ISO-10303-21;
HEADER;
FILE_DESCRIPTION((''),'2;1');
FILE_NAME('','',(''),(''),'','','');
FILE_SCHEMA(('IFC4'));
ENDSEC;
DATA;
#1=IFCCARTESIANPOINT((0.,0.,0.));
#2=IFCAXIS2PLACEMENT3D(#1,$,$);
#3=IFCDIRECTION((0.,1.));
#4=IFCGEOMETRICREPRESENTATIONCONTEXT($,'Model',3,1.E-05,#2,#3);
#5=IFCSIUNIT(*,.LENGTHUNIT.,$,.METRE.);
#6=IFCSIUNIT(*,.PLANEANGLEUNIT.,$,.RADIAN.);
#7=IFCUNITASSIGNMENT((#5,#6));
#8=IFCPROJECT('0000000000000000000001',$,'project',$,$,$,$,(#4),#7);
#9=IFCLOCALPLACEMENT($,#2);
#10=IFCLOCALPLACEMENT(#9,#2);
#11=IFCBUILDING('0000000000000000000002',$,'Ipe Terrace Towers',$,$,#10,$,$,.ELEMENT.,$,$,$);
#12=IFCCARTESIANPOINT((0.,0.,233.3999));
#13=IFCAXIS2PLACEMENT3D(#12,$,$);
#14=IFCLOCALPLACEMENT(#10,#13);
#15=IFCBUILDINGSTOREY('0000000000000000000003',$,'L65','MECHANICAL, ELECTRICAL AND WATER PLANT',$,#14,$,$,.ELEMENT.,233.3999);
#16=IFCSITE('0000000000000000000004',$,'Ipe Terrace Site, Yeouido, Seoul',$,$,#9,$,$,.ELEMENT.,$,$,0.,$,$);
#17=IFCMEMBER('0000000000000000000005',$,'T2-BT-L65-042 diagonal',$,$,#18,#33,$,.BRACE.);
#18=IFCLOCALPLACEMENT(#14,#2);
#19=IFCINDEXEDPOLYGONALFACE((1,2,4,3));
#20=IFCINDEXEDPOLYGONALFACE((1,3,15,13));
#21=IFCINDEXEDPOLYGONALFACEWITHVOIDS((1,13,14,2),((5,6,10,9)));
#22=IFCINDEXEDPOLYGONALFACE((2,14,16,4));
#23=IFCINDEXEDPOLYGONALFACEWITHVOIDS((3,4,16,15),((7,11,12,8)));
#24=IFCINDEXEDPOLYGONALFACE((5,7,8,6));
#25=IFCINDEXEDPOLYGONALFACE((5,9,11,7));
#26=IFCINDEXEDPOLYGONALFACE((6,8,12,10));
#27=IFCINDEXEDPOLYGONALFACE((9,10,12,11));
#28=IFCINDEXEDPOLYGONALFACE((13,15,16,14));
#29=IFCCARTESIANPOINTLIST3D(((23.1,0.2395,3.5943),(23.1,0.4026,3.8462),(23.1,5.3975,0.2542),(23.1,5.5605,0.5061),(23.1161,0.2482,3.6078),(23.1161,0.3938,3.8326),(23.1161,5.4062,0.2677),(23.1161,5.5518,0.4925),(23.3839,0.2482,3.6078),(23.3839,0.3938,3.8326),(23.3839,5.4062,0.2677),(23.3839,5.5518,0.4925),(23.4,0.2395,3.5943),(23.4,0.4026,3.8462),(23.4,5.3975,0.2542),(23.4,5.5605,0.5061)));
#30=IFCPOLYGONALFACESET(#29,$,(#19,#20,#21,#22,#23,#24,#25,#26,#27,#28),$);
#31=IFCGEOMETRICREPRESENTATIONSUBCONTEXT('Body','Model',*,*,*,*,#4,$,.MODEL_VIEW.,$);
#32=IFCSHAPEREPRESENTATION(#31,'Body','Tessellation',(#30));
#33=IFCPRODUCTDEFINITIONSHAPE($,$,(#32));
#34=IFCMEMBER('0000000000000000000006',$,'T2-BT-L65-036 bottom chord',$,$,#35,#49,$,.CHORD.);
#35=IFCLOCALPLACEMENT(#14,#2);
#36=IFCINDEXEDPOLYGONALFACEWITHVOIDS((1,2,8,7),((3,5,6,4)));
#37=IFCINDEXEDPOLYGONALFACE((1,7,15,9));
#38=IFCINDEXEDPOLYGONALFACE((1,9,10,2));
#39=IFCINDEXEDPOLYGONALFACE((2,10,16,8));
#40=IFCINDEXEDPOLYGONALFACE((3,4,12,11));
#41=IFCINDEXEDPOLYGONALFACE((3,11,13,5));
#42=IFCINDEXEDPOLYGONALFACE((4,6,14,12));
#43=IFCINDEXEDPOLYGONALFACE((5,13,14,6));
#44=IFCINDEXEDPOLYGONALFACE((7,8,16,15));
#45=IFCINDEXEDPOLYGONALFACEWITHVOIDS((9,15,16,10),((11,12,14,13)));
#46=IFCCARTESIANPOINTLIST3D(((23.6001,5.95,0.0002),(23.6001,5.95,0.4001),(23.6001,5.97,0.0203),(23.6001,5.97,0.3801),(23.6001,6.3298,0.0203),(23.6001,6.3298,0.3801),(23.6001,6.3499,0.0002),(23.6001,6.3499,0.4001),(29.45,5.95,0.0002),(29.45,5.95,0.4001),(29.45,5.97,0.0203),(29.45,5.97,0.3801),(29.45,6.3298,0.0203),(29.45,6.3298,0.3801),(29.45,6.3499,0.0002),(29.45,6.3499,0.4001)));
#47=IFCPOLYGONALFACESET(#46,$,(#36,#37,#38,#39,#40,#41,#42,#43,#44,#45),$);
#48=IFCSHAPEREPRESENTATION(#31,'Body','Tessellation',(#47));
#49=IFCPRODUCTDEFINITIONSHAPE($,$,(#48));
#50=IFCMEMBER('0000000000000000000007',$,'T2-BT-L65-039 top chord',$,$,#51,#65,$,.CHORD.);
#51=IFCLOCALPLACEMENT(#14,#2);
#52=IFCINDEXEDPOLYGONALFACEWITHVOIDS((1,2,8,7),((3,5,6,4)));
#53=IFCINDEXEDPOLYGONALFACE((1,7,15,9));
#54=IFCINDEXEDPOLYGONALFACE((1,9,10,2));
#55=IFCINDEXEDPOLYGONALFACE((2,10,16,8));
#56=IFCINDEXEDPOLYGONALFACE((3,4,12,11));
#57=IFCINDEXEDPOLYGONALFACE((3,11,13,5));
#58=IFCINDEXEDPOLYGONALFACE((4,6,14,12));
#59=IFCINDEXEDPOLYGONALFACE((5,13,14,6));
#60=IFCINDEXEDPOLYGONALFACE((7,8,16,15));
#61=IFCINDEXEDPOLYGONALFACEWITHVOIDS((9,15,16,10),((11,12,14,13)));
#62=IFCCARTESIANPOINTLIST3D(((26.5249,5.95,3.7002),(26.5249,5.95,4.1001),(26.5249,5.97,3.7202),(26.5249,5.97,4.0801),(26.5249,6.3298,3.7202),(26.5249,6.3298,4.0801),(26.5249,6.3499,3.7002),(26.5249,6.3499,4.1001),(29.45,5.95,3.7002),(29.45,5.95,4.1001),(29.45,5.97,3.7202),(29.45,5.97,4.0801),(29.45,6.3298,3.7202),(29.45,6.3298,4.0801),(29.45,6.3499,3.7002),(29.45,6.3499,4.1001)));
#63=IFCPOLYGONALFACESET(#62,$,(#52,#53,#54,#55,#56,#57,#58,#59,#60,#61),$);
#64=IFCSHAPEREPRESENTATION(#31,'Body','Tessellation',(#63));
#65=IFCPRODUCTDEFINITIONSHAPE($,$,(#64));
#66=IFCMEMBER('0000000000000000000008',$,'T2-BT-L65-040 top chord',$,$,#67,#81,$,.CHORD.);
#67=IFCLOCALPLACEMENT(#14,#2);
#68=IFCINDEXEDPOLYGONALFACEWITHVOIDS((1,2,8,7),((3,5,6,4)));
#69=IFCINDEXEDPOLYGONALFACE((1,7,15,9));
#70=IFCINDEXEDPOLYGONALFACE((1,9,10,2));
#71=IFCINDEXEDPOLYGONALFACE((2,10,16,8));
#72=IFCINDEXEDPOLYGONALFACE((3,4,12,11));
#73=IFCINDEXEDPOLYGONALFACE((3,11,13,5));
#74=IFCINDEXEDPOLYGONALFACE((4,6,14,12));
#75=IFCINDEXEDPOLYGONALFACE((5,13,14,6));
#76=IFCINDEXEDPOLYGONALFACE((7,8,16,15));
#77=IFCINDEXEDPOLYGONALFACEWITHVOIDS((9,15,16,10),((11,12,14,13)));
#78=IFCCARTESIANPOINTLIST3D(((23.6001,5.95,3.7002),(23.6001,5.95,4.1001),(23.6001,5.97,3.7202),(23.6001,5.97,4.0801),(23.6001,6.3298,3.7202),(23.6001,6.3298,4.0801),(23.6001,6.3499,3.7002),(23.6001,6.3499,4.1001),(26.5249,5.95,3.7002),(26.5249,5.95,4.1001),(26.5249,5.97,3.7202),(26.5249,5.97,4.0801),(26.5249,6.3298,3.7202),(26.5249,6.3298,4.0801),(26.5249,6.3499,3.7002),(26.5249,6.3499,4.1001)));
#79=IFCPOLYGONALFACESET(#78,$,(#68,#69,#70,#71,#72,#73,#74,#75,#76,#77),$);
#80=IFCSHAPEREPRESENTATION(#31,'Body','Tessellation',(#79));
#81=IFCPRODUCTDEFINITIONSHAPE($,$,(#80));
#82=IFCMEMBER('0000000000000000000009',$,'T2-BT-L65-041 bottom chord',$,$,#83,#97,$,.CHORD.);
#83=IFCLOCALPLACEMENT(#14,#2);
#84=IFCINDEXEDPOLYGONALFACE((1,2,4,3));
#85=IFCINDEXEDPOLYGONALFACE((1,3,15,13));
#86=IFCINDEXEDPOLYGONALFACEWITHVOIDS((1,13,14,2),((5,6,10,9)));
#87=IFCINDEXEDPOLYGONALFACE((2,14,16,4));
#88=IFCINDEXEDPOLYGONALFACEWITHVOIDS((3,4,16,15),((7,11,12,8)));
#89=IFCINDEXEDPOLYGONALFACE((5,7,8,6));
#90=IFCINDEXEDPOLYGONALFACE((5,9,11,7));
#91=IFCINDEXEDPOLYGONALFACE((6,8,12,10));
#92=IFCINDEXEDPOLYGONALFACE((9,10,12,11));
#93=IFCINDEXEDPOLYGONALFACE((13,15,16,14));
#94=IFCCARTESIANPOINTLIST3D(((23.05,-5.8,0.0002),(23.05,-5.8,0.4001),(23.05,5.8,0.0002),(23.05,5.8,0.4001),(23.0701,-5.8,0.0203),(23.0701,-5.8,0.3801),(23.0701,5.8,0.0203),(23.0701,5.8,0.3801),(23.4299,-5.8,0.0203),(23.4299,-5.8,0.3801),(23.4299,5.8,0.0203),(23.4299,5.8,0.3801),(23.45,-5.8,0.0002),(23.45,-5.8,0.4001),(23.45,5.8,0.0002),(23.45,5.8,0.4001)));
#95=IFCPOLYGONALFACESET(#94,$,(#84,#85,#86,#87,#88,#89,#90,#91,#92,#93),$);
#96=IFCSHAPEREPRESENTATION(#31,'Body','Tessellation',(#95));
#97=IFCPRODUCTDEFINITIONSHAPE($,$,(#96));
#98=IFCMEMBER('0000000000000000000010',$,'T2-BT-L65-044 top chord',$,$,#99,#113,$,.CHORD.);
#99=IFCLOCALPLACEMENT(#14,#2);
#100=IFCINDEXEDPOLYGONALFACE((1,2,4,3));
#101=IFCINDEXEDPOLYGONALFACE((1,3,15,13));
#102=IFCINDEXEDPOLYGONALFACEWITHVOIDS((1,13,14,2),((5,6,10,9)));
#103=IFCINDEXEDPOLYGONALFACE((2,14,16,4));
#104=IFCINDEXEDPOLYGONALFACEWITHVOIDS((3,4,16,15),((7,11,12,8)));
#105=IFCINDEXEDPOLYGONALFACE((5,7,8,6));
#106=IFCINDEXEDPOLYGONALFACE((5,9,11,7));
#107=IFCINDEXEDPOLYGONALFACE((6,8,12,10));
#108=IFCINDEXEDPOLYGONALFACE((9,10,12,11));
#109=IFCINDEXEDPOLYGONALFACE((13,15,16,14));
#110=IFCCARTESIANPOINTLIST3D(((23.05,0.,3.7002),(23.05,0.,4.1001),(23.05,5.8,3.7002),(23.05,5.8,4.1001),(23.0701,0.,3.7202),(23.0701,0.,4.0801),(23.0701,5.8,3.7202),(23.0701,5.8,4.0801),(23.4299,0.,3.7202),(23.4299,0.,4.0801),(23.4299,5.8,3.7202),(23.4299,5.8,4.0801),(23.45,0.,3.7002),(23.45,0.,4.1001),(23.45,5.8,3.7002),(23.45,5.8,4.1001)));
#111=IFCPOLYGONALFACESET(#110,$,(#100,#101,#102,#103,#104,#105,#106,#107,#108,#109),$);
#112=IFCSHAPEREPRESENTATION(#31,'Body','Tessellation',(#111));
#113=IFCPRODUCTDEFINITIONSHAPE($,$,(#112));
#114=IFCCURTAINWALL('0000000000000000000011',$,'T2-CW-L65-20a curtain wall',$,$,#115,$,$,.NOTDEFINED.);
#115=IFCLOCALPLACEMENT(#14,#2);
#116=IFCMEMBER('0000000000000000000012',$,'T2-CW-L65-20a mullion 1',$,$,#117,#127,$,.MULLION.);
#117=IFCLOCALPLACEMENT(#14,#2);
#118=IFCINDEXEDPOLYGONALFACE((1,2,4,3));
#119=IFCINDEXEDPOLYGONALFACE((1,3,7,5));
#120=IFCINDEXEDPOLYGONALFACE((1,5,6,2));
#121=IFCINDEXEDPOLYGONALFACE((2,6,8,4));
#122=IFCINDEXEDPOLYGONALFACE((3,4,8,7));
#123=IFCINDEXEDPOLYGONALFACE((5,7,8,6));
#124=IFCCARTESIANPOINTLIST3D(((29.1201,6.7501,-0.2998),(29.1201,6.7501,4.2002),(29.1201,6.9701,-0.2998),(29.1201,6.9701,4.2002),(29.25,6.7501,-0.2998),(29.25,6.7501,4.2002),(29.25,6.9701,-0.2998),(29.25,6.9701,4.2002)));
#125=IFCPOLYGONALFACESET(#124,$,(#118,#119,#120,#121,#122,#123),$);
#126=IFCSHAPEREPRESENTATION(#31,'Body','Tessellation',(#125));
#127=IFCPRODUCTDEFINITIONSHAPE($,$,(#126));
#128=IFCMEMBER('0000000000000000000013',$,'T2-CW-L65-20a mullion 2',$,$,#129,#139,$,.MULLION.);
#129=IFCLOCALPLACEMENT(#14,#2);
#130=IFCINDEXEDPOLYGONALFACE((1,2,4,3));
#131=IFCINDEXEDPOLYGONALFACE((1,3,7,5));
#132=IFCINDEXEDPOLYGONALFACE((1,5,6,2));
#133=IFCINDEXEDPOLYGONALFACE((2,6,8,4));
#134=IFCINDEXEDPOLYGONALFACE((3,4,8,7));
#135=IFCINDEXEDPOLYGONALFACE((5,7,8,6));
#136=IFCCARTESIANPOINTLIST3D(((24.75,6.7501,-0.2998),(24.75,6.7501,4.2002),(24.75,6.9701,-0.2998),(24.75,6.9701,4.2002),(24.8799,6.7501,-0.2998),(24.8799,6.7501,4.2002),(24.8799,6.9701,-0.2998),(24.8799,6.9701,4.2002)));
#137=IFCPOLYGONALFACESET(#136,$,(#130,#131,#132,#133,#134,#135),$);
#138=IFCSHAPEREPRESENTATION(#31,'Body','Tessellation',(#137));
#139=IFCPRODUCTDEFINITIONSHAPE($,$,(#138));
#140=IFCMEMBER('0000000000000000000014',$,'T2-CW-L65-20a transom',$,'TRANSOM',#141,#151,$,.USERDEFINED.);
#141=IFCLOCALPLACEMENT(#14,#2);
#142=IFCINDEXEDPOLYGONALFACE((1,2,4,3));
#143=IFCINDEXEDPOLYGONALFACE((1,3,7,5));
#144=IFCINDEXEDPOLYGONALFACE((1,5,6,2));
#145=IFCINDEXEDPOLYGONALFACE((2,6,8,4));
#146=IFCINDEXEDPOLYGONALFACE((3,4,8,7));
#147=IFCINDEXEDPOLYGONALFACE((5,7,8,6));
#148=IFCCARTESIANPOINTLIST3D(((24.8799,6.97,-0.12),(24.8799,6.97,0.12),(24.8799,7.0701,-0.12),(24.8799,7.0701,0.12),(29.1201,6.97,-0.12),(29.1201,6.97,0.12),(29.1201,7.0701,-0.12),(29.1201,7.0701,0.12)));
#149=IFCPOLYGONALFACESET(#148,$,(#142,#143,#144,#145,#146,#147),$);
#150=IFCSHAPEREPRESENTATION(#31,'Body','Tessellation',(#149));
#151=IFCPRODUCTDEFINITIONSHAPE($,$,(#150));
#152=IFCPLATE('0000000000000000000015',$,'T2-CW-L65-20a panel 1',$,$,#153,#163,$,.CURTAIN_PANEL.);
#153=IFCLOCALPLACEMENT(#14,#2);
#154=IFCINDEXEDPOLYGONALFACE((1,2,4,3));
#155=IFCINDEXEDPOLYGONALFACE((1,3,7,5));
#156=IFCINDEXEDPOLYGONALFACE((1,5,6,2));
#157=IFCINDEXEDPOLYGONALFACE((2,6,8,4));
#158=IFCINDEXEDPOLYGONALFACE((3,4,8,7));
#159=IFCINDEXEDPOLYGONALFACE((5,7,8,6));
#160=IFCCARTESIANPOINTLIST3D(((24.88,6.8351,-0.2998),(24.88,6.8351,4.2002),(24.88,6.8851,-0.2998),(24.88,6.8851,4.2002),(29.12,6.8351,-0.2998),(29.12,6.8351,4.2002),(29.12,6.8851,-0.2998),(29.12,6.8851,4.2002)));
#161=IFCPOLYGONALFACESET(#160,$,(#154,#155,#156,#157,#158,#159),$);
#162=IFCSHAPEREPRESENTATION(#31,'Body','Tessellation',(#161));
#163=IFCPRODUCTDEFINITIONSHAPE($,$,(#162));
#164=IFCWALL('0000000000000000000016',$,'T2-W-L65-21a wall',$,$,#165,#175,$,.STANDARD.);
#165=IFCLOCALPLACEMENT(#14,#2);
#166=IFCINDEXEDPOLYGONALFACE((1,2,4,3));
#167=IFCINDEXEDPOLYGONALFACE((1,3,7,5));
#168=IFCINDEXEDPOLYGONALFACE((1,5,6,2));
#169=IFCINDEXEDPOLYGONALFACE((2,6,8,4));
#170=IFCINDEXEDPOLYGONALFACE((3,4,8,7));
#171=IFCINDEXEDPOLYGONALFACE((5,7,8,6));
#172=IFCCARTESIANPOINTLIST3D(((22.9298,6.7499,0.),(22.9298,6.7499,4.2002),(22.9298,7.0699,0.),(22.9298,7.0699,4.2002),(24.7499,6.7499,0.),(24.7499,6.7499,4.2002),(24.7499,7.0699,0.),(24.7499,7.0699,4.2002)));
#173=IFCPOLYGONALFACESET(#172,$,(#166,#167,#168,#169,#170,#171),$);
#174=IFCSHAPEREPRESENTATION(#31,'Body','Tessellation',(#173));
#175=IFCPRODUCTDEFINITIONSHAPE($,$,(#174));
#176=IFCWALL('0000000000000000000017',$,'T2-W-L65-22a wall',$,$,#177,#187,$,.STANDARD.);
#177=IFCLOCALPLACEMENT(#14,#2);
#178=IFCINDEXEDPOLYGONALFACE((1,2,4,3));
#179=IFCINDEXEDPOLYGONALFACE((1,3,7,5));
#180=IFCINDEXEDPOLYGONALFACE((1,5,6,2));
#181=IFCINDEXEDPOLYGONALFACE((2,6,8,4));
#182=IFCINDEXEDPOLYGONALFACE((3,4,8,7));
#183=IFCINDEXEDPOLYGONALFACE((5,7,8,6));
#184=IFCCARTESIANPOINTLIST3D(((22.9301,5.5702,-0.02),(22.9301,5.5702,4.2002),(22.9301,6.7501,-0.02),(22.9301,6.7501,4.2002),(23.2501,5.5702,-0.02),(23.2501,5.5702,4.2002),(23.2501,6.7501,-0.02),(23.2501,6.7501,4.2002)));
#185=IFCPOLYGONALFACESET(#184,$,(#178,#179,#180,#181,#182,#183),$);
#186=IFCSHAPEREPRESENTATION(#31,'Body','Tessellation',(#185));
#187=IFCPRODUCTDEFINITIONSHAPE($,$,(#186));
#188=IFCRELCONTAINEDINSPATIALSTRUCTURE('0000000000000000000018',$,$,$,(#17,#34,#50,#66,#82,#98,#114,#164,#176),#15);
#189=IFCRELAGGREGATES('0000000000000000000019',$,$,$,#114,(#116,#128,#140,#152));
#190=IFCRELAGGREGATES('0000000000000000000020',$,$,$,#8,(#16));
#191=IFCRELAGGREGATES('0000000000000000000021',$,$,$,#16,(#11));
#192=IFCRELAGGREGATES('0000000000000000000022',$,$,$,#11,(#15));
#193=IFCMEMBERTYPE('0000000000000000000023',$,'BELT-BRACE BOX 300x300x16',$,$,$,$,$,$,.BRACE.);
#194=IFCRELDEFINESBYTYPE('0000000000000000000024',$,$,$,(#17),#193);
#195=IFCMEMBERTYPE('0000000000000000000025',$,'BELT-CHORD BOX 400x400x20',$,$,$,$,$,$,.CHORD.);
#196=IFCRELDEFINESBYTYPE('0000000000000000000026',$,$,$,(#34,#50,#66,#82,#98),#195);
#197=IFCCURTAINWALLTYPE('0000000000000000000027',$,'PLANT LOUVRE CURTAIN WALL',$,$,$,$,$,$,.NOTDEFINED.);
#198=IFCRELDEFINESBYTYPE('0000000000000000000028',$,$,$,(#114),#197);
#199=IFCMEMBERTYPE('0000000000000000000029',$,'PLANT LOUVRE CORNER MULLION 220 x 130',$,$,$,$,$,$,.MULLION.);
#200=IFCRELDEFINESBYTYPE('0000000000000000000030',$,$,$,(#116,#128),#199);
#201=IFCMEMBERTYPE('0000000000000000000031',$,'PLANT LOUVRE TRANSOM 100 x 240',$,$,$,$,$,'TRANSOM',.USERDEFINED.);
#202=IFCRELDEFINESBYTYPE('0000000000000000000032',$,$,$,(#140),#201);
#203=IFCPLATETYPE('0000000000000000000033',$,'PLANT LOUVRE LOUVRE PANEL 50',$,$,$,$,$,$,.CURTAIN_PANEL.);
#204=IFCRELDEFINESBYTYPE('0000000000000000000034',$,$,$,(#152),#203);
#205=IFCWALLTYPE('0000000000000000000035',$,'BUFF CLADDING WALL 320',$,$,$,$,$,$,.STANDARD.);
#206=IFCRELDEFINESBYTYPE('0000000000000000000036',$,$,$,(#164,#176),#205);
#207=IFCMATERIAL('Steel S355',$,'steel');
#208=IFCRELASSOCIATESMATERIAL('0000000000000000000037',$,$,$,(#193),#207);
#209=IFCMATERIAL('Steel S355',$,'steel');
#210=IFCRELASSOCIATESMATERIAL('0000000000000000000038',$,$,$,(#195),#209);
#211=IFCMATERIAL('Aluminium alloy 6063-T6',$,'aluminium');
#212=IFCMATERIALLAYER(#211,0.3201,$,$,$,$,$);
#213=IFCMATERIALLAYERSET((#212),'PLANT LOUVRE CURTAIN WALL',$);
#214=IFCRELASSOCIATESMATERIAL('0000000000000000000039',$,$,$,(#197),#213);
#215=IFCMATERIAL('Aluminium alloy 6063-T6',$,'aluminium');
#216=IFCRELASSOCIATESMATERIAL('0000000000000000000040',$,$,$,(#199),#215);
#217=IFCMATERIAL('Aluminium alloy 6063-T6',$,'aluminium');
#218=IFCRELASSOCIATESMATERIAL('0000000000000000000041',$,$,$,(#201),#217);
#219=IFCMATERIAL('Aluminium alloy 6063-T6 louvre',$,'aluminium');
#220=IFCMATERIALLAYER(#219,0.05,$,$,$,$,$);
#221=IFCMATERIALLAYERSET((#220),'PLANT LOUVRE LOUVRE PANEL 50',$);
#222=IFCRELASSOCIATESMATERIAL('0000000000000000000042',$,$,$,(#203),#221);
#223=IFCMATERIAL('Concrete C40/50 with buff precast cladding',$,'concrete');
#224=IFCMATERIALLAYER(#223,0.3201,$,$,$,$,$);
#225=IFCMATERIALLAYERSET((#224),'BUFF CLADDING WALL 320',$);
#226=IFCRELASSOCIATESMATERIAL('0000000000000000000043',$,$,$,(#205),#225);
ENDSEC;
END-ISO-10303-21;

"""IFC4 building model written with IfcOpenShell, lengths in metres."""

from ifc_helpers import new_model, si_unit, direction, frame, frame_2d, origin, origin_2d, place, context, subcontext, project, spatial, rectangle, hollow_rectangle, extrude, material, layer, layer_set, material_profile, profile_set, type_object, element, aggregate, save


model = new_model("IFC4")

# Units and contexts
model_context = context("Model", 3, precision=1e-05, world=origin(), true_north=direction((0.0, 1.0)))
body_context = subcontext(model_context, "Body", "Model", "MODEL_VIEW")
ifc_project = project(units=[si_unit("LENGTHUNIT", "METRE"), si_unit("PLANEANGLEUNIT", "RADIAN")], contexts=[model_context])

# Site, building, storey
site_placement = place(None, origin())
site = spatial("IfcSite", under=ifc_project, at=site_placement, Name="Ipe Terrace Site, Yeouido, Seoul", CompositionType="ELEMENT", RefElevation=0.0)
building_placement = place(site_placement, origin())
building = spatial("IfcBuilding", under=site, at=building_placement, Name="Ipe Terrace Towers", CompositionType="ELEMENT")
storey_placement = place(building_placement, frame((0.0, 0.0, 233.3999)))
storey = spatial("IfcBuildingStorey", under=building, at=storey_placement, Name="L65", Description="MECHANICAL, ELECTRICAL AND WATER PLANT", CompositionType="ELEMENT", Elevation=233.3999)

# Members
ifc_material_1 = material(Name="Steel S355", Category="steel")
ifc_material_profile_1 = material_profile(ifc_material_1, hollow_rectangle(XDim=0.3, YDim=0.3, WallThickness=0.0161, at=origin_2d()), Name="BELT-BRACE BOX 300x300x16")
ifc_profile_set_1 = profile_set([ifc_material_profile_1], Name="Steel S355")
member_type_1 = type_object("IfcMemberType", Name="BELT-BRACE BOX 300x300x16", PredefinedType="BRACE", material=ifc_profile_set_1)
member_1_placement = place(storey_placement, frame((23.25, 5.479, 0.3801), z_axis=(0.0, -0.839378, 0.543548), x_axis=(1.0, 0.0, 0.0)))
element("IfcMember", 1, at=member_1_placement, inside=storey, type_object=member_type_1, Name="T2-BT-L65-042 diagonal", PredefinedType="BRACE", context=body_context, shape_type="SweptSolid", body=[
    extrude(hollow_rectangle(XDim=0.3, YDim=0.3, WallThickness=0.0161, at=origin_2d()), origin(), (0.0, 0.0, 1.0), 6.145),
])
ifc_material_2 = material(Name="Steel S355", Category="steel")
ifc_material_profile_2 = material_profile(ifc_material_2, hollow_rectangle(XDim=0.3999, YDim=0.3999, WallThickness=0.02, at=origin_2d()), Name="BELT-CHORD BOX 400x400x20")
ifc_profile_set_2 = profile_set([ifc_material_profile_2], Name="Steel S355")
member_type_2 = type_object("IfcMemberType", Name="BELT-CHORD BOX 400x400x20", PredefinedType="CHORD", material=ifc_profile_set_2)
member_2_placement = place(storey_placement, frame((29.45, 6.1499, 0.2002), z_axis=(-1.0, 0.0, 0.0), x_axis=(0.0, -1.0, 0.0)))
element("IfcMember", 2, at=member_2_placement, inside=storey, type_object=member_type_2, Name="T2-BT-L65-036 bottom chord", PredefinedType="CHORD", context=body_context, shape_type="SweptSolid", body=[
    extrude(hollow_rectangle(XDim=0.3999, YDim=0.3999, WallThickness=0.02, at=origin_2d()), origin(), (0.0, 0.0, 1.0), 5.8499),
])
member_3_placement = place(storey_placement, frame((29.45, 6.1499, 3.9001), z_axis=(-1.0, 0.0, 0.0), x_axis=(0.0, -1.0, 0.0)))
element("IfcMember", 3, at=member_3_placement, inside=storey, type_object=member_type_2, Name="T2-BT-L65-039 top chord", PredefinedType="CHORD", context=body_context, shape_type="SweptSolid", body=[
    extrude(hollow_rectangle(XDim=0.3999, YDim=0.3999, WallThickness=0.02, at=origin_2d()), origin(), (0.0, 0.0, 1.0), 2.925),
])
member_4_placement = place(storey_placement, frame((26.5249, 6.1499, 3.9001), z_axis=(-1.0, 0.0, 0.0), x_axis=(0.0, -1.0, 0.0)))
element("IfcMember", 4, at=member_4_placement, inside=storey, type_object=member_type_2, Name="T2-BT-L65-040 top chord", PredefinedType="CHORD", context=body_context, shape_type="SweptSolid", body=[
    extrude(hollow_rectangle(XDim=0.3999, YDim=0.3999, WallThickness=0.02, at=origin_2d()), origin(), (0.0, 0.0, 1.0), 2.9248),
])
member_5_placement = place(storey_placement, frame((23.25, 5.8, 0.2002), z_axis=(0.0, -1.0, 0.0), x_axis=(1.0, 0.0, 0.0)))
element("IfcMember", 5, at=member_5_placement, inside=storey, type_object=member_type_2, Name="T2-BT-L65-041 bottom chord", PredefinedType="CHORD", context=body_context, shape_type="SweptSolid", body=[
    extrude(hollow_rectangle(XDim=0.3999, YDim=0.3999, WallThickness=0.02, at=origin_2d()), origin(), (0.0, 0.0, 1.0), 11.6001),
])
member_6_placement = place(storey_placement, frame((23.25, 5.8, 3.9001), z_axis=(0.0, -1.0, 0.0), x_axis=(1.0, 0.0, 0.0)))
element("IfcMember", 6, at=member_6_placement, inside=storey, type_object=member_type_2, Name="T2-BT-L65-044 top chord", PredefinedType="CHORD", context=body_context, shape_type="SweptSolid", body=[
    extrude(hollow_rectangle(XDim=0.3999, YDim=0.3999, WallThickness=0.02, at=origin_2d()), origin(), (0.0, 0.0, 1.0), 5.8),
])

# Curtain wall, members, plate
ifc_material_3 = material(Name="Aluminium alloy 6063-T6", Category="aluminium")
ifc_layer_1 = layer(ifc_material_3, 0.3201)
ifc_layer_set_1 = layer_set([ifc_layer_1], Name="PLANT LOUVRE CURTAIN WALL")
curtain_wall_type = type_object("IfcCurtainWallType", Name="PLANT LOUVRE CURTAIN WALL", PredefinedType="NOTDEFINED", material=ifc_layer_set_1)
curtain_wall_placement = place(storey_placement, origin())
curtain_wall = element("IfcCurtainWall", 7, at=curtain_wall_placement, inside=storey, type_object=curtain_wall_type, Name="T2-CW-L65-20a curtain wall", PredefinedType="NOTDEFINED")
ifc_material_4 = material(Name="Aluminium alloy 6063-T6", Category="aluminium")
ifc_material_profile_3 = material_profile(ifc_material_4, rectangle(XDim=0.22, YDim=0.1299, at=origin_2d()), Name="PLANT LOUVRE CORNER MULLION 220 x 130")
ifc_profile_set_3 = profile_set([ifc_material_profile_3], Name="Aluminium alloy 6063-T6")
member_type_3 = type_object("IfcMemberType", Name="PLANT LOUVRE CORNER MULLION 220 x 130", PredefinedType="MULLION", material=ifc_profile_set_3)
member_7_placement = place(storey_placement, frame((29.1851, 6.8601, -0.2998), z_axis=(0.0, 0.0, 1.0), x_axis=(0.0, 1.0, 0.0)))
member_7 = element("IfcMember", 8, at=member_7_placement, type_object=member_type_3, Name="T2-CW-L65-20a mullion 1", PredefinedType="MULLION", context=body_context, shape_type="SweptSolid", body=[
    extrude(rectangle(XDim=0.22, YDim=0.1299, at=origin_2d()), origin(), (0.0, 0.0, 1.0), 4.5),
])
member_8_placement = place(storey_placement, frame((24.8149, 6.8601, -0.2998), z_axis=(0.0, 0.0, 1.0), x_axis=(0.0, 1.0, 0.0)))
member_8 = element("IfcMember", 9, at=member_8_placement, type_object=member_type_3, Name="T2-CW-L65-20a mullion 2", PredefinedType="MULLION", context=body_context, shape_type="SweptSolid", body=[
    extrude(rectangle(XDim=0.22, YDim=0.1299, at=origin_2d()), origin(), (0.0, 0.0, 1.0), 4.5),
])
ifc_material_5 = material(Name="Aluminium alloy 6063-T6", Category="aluminium")
ifc_material_profile_4 = material_profile(ifc_material_5, rectangle(XDim=0.1001, YDim=0.24, at=origin_2d()), Name="PLANT LOUVRE TRANSOM 100 x 240")
ifc_profile_set_4 = profile_set([ifc_material_profile_4], Name="Aluminium alloy 6063-T6")
member_type_4 = type_object("IfcMemberType", Name="PLANT LOUVRE TRANSOM 100 x 240", ElementType="TRANSOM", PredefinedType="USERDEFINED", material=ifc_profile_set_4)
member_9_placement = place(storey_placement, frame((29.1201, 7.02, 0.0), z_axis=(-1.0, 0.0, 0.0), x_axis=(0.0, 1.0, 0.0)))
member_9 = element("IfcMember", 10, at=member_9_placement, type_object=member_type_4, Name="T2-CW-L65-20a transom", ObjectType="TRANSOM", PredefinedType="USERDEFINED", context=body_context, shape_type="SweptSolid", body=[
    extrude(rectangle(XDim=0.1001, YDim=0.24, at=origin_2d()), origin(), (0.0, 0.0, 1.0), 4.2402),
])
ifc_material_6 = material(Name="Aluminium alloy 6063-T6 louvre", Category="aluminium")
ifc_layer_2 = layer(ifc_material_6, 0.05)
ifc_layer_set_2 = layer_set([ifc_layer_2], Name="PLANT LOUVRE LOUVRE PANEL 50")
plate_type = type_object("IfcPlateType", Name="PLANT LOUVRE LOUVRE PANEL 50", PredefinedType="CURTAIN_PANEL", material=ifc_layer_set_2)
plate_placement = place(storey_placement, frame((27.0, 6.8601, -0.2998), z_axis=(0.0, 0.0, 1.0), x_axis=(-1.0, 0.0, 0.0)))
plate = element("IfcPlate", 11, at=plate_placement, type_object=plate_type, Name="T2-CW-L65-20a panel 1", PredefinedType="CURTAIN_PANEL", context=body_context, shape_type="SweptSolid", body=[
    extrude(rectangle(XDim=4.24, YDim=0.05, at=origin_2d()), origin(), (0.0, 0.0, 1.0), 4.5),
])
aggregate(curtain_wall, [member_7, member_8, member_9, plate])

# Walls
ifc_material_7 = material(Name="Concrete C40/50 with buff precast cladding", Category="concrete")
ifc_layer_3 = layer(ifc_material_7, 0.3201)
ifc_layer_set_3 = layer_set([ifc_layer_3], Name="BUFF CLADDING WALL 320")
wall_type_1 = type_object("IfcWallType", Name="BUFF CLADDING WALL 320", PredefinedType="STANDARD", material=ifc_layer_set_3)
wall_1_placement = place(storey_placement, frame((24.75, 6.9099, 0.0), z_axis=(0.0, 0.0, 1.0), x_axis=(-1.0, 0.0, 0.0)))
element("IfcWall", 12, at=wall_1_placement, inside=storey, type_object=wall_type_1, Name="T2-W-L65-21a wall", PredefinedType="STANDARD", context=body_context, shape_type="SweptSolid", body=[
    extrude(rectangle(XDim=1.8201, YDim=0.3201, at=frame_2d((0.9102, 0.0))), origin(), (0.0, 0.0, 1.0), 4.2002),
])
wall_2_placement = place(storey_placement, frame((23.0901, 6.75, -0.02), z_axis=(0.0, 0.0, 1.0), x_axis=(0.0, -1.0, 0.0)))
element("IfcWall", 13, at=wall_2_placement, inside=storey, type_object=wall_type_1, Name="T2-W-L65-22a wall", PredefinedType="STANDARD", context=body_context, shape_type="SweptSolid", body=[
    extrude(rectangle(XDim=1.1799, YDim=0.3201, at=frame_2d((0.5898, 0.0))), origin(), (0.0, 0.0, 1.0), 4.2202),
])

save(model, "model.ifc")
